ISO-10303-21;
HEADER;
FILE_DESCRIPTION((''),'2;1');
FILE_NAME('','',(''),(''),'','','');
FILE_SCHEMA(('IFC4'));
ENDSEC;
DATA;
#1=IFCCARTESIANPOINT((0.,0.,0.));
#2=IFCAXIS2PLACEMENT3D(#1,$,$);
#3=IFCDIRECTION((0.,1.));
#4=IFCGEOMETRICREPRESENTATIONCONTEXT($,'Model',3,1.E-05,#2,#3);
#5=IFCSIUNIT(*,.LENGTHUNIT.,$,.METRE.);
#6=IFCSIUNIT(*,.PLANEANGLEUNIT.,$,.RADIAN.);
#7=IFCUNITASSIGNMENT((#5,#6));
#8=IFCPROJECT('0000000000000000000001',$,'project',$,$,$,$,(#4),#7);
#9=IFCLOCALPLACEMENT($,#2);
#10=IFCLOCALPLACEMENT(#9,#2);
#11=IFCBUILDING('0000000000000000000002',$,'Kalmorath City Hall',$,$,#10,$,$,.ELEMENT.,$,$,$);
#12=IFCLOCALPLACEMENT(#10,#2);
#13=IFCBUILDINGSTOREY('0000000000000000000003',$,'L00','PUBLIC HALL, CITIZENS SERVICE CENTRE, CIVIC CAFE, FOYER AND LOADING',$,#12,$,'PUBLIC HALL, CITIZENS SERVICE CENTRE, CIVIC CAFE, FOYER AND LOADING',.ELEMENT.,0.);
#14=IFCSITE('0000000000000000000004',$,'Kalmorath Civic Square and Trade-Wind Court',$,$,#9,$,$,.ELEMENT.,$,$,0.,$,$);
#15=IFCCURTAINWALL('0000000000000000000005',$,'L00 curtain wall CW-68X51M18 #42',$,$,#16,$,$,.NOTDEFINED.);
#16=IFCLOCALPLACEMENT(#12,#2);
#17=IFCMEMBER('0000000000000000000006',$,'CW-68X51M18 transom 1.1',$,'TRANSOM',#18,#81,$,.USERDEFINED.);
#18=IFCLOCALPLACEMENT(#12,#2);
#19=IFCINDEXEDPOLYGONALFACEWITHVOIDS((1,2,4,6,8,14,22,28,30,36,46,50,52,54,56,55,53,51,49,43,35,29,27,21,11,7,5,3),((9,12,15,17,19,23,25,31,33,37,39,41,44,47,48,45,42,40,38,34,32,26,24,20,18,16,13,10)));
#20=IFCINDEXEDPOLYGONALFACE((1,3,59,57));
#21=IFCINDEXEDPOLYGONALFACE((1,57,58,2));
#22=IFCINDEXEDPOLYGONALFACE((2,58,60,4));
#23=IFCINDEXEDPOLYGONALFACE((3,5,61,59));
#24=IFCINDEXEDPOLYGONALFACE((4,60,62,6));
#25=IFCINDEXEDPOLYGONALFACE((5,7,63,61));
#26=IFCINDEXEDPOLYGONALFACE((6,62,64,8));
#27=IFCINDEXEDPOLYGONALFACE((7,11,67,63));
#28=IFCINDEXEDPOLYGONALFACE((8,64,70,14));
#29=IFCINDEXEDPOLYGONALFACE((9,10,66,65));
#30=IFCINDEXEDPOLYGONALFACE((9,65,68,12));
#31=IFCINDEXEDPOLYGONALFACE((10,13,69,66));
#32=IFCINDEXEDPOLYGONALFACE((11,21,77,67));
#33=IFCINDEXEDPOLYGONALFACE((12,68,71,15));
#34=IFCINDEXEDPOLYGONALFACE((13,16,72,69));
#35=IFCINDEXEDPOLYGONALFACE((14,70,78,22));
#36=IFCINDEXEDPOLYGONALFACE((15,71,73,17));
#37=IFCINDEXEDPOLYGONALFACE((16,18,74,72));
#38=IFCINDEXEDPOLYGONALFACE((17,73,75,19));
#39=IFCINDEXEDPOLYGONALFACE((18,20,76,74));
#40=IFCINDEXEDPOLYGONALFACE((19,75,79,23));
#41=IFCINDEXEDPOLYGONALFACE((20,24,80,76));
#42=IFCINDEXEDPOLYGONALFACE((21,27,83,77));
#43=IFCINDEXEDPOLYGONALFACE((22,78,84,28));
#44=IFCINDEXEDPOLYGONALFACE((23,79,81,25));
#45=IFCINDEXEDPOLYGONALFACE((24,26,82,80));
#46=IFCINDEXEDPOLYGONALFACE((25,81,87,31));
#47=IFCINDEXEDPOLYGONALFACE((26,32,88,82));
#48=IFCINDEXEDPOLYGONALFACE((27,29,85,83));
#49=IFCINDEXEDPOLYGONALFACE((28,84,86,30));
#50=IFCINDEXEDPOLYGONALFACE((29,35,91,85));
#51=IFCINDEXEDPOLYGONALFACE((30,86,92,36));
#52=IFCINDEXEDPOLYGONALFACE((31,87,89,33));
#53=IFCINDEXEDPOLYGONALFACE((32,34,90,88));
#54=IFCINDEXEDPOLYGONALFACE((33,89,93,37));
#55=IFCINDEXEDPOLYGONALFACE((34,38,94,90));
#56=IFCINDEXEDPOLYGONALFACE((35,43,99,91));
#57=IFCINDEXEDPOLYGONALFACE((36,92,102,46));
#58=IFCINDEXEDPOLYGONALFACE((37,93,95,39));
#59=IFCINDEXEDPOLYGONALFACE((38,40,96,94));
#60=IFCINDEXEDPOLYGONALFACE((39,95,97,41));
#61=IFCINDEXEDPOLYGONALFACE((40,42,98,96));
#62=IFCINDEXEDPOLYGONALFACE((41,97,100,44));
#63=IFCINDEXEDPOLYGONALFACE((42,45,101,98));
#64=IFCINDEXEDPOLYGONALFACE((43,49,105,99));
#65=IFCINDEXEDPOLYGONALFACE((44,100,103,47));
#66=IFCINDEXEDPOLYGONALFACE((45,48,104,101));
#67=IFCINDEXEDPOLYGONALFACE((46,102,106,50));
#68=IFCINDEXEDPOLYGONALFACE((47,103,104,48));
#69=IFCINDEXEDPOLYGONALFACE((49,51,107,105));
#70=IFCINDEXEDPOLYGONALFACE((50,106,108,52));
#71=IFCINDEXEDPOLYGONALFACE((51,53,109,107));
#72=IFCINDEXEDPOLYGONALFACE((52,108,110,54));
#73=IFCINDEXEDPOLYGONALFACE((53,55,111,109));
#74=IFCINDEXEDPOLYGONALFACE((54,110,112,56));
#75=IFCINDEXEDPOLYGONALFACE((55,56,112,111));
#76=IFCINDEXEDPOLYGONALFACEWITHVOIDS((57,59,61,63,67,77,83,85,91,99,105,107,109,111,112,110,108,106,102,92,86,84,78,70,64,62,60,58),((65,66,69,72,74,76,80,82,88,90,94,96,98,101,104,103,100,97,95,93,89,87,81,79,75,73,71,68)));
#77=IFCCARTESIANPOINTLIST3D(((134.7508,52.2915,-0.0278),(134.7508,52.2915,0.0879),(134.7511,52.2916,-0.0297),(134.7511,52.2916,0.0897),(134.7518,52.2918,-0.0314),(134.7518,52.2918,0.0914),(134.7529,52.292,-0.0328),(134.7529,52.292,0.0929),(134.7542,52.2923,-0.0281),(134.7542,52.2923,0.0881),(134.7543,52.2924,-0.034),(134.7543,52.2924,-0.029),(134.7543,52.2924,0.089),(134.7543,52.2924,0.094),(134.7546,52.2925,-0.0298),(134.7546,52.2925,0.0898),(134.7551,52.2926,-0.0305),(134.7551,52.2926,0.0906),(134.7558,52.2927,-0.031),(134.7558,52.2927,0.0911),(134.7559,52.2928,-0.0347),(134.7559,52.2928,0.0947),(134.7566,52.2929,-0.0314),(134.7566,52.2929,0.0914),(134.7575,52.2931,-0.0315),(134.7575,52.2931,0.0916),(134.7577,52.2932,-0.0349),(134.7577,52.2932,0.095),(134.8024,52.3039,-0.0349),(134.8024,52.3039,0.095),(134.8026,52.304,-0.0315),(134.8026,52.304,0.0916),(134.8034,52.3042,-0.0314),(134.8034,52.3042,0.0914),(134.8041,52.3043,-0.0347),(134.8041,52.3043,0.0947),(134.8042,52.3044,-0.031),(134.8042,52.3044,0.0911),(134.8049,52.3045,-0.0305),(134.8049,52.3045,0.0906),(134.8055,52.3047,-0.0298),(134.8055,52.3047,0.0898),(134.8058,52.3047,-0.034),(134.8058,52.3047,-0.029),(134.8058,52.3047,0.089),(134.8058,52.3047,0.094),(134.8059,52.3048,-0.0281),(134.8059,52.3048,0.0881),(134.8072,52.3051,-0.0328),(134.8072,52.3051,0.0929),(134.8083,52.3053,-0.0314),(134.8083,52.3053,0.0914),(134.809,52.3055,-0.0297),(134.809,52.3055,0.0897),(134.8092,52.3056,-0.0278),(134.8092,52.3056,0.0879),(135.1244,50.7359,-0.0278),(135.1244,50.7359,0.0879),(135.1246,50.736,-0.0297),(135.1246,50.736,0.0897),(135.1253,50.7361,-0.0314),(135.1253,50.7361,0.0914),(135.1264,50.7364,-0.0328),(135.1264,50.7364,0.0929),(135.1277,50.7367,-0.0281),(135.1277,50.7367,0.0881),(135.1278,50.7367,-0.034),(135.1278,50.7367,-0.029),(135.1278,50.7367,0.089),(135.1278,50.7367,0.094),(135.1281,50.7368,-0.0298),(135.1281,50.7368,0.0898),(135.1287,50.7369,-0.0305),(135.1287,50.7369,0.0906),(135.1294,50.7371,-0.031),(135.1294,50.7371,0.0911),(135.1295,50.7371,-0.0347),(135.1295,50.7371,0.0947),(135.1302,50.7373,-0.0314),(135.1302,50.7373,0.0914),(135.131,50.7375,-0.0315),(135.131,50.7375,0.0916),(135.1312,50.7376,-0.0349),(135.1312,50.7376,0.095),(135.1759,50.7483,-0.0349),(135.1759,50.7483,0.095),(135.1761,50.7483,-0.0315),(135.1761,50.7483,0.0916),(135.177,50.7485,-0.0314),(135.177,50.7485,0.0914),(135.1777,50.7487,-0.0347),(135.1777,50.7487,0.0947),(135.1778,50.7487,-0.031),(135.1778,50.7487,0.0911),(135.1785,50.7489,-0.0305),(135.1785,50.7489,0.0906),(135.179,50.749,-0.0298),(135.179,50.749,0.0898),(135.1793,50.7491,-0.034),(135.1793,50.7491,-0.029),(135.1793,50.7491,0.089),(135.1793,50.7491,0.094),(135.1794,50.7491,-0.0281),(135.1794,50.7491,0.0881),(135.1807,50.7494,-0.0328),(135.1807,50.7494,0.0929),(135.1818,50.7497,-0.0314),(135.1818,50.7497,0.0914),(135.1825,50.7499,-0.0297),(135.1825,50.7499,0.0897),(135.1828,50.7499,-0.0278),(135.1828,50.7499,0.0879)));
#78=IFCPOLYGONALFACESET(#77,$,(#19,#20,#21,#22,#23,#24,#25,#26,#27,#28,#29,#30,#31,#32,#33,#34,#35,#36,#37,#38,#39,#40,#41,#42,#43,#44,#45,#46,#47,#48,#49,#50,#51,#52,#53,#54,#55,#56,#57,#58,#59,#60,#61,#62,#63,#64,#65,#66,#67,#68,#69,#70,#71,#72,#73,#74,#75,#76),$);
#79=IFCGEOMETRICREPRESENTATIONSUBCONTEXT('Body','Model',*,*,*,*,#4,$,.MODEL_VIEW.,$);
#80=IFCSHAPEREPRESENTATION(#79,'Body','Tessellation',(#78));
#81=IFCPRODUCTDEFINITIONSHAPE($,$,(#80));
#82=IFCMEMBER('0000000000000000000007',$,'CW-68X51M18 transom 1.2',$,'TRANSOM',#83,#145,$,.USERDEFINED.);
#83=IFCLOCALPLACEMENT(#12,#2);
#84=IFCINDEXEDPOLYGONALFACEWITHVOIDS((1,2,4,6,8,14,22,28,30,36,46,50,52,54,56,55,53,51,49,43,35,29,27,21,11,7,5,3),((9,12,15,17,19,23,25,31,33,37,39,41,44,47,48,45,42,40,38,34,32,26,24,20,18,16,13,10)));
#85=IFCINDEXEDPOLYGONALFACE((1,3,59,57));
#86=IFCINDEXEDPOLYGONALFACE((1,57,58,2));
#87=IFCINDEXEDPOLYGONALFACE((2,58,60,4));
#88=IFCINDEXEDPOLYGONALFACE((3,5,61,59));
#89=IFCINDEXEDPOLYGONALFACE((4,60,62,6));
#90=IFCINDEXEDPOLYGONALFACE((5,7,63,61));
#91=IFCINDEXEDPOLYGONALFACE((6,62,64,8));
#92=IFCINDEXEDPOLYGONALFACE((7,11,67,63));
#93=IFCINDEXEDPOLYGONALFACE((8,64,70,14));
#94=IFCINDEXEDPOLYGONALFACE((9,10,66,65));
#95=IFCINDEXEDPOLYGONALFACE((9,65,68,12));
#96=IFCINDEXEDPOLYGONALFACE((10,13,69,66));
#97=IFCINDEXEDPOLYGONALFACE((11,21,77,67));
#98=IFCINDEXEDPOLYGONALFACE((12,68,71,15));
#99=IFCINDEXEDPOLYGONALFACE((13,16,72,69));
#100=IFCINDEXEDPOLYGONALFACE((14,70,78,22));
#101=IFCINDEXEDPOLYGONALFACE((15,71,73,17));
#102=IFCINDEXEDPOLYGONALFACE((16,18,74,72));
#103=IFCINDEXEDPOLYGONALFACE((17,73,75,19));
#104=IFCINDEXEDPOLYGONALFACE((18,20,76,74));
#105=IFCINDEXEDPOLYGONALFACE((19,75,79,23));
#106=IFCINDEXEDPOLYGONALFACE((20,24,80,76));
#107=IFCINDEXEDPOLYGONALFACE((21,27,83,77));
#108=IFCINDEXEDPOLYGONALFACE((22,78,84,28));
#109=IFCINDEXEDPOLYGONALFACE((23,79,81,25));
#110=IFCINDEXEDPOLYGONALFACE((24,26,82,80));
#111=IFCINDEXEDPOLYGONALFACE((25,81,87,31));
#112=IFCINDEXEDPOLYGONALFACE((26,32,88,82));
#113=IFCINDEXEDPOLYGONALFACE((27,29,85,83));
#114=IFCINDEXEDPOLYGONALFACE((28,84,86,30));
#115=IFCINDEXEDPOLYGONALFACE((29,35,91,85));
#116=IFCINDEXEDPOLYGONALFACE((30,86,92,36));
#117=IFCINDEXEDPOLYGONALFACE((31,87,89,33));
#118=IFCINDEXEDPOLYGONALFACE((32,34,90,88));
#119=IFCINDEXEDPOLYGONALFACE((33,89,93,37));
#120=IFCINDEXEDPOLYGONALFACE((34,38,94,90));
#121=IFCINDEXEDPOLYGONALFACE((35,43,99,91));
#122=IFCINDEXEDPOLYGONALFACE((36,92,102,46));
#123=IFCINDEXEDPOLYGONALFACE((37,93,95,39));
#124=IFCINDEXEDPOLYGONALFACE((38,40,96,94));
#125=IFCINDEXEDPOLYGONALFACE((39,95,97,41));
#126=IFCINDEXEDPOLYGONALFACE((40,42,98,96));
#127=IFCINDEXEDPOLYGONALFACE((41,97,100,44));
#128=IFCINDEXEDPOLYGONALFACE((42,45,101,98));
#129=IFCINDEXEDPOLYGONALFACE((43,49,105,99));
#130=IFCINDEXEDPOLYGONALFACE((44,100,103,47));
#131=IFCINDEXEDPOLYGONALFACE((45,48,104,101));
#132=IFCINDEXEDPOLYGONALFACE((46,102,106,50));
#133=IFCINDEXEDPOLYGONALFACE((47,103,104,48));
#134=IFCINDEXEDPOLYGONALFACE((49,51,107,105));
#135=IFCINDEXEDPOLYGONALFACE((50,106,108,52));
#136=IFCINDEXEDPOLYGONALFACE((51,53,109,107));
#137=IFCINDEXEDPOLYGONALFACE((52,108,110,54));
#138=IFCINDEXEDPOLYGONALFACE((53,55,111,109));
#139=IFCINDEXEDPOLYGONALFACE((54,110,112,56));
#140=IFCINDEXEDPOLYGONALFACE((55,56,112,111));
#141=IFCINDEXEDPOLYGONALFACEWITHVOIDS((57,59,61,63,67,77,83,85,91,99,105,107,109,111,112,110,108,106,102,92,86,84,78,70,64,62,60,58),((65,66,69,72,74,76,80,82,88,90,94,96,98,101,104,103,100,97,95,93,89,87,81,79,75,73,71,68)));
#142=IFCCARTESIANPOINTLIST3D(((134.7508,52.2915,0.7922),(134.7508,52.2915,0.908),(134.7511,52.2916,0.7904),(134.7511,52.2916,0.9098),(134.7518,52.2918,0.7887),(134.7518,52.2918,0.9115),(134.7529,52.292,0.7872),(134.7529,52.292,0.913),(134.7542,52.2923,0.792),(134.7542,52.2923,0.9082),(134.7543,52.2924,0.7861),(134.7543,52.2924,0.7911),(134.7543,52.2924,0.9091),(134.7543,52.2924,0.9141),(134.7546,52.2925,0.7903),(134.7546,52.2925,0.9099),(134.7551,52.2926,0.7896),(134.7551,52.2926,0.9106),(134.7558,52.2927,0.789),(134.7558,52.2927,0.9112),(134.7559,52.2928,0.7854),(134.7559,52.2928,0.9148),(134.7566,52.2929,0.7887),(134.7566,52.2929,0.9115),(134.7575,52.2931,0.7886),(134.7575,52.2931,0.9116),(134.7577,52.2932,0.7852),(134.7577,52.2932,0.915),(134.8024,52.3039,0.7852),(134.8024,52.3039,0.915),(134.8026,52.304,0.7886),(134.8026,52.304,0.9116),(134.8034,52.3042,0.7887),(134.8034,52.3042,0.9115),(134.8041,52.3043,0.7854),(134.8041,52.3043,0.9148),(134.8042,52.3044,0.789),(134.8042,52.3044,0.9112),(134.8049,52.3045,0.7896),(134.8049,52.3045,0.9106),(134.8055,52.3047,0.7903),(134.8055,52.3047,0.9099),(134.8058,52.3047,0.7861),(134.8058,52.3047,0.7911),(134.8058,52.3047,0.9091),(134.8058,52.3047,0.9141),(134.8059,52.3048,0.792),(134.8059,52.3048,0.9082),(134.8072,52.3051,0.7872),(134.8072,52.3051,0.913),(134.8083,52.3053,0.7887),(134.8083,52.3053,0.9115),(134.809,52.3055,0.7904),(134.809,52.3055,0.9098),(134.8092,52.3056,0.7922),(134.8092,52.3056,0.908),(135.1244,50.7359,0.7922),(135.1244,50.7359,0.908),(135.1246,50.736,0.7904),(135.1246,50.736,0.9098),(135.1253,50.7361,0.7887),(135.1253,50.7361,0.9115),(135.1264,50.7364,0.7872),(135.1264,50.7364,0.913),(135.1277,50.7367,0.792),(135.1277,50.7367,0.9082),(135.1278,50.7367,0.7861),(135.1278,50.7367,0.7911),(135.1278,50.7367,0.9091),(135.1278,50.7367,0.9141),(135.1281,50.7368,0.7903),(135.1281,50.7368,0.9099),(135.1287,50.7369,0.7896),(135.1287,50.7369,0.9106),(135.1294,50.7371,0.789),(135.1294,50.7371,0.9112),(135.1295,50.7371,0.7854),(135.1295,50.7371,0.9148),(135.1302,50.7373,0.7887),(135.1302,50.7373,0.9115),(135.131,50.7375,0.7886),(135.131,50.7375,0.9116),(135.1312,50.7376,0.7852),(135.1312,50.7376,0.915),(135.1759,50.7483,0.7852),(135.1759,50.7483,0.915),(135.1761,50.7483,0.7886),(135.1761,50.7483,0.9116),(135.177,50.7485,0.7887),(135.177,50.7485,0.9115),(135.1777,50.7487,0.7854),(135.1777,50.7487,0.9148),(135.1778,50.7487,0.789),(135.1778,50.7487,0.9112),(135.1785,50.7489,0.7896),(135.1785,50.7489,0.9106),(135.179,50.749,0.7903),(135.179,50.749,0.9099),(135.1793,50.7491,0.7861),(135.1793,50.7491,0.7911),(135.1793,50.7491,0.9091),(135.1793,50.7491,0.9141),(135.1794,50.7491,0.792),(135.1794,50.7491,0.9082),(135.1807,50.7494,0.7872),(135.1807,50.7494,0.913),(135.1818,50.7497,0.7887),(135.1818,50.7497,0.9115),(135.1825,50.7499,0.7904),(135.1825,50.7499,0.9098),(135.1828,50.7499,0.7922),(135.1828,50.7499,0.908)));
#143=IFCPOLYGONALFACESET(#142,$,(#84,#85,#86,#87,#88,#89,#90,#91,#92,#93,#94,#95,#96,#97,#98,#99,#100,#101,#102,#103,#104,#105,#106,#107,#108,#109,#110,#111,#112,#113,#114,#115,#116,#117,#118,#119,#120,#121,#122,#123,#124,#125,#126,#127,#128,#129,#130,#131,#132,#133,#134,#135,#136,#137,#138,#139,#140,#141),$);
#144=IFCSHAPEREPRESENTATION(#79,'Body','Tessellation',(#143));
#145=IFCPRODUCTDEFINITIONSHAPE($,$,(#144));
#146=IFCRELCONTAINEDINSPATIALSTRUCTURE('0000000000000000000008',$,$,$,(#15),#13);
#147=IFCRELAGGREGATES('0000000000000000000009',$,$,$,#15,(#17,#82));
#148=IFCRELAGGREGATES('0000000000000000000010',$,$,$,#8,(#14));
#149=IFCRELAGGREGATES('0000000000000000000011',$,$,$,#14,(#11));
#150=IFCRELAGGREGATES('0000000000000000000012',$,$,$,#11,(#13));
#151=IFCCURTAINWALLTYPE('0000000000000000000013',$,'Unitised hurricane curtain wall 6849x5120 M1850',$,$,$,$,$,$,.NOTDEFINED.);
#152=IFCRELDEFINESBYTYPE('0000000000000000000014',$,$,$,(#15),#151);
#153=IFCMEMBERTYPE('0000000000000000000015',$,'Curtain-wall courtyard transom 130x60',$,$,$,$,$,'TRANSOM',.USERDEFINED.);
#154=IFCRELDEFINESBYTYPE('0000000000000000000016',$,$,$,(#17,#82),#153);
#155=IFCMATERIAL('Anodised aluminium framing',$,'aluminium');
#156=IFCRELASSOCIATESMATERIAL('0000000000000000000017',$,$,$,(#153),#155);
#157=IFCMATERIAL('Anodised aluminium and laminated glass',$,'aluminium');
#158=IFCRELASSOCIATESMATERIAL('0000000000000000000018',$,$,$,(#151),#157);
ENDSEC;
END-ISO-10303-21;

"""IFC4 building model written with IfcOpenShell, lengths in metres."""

from ifc_helpers import new_model, si_unit, direction, frame, origin, origin_2d, place, context, subcontext, project, spatial, hollow_rectangle, extrude, material, material_profile, profile_set, type_object, element, aggregate, save


model = new_model("IFC4")

# Units and contexts
model_context = context("Model", 3, precision=1e-05, world=origin(), true_north=direction((0.0, 1.0)))
body_context = subcontext(model_context, "Body", "Model", "MODEL_VIEW")
ifc_project = project(units=[si_unit("LENGTHUNIT", "METRE"), si_unit("PLANEANGLEUNIT", "RADIAN")], contexts=[model_context])

# Site, building, storey
site_placement = place(None, origin())
site = spatial("IfcSite", under=ifc_project, at=site_placement, Name="Kalmorath Civic Square and Trade-Wind Court", CompositionType="ELEMENT", RefElevation=0.0)
building_placement = place(site_placement, origin())
building = spatial("IfcBuilding", under=site, at=building_placement, Name="Kalmorath City Hall", CompositionType="ELEMENT")
storey_placement = place(building_placement, origin())
storey = spatial("IfcBuildingStorey", under=building, at=storey_placement, Name="L00", Description="PUBLIC HALL, CITIZENS SERVICE CENTRE, CIVIC CAFE, FOYER AND LOADING", LongName="PUBLIC HALL, CITIZENS SERVICE CENTRE, CIVIC CAFE, FOYER AND LOADING", CompositionType="ELEMENT", Elevation=0.0)

# Curtain wall, members
ifc_material_1 = material(Name="Anodised aluminium framing", Category="aluminium")
ifc_material_profile_1 = material_profile(ifc_material_1, hollow_rectangle(XDim=0.0601, YDim=0.1299, WallThickness=0.0034, InnerFilletRadius=0.0034, OuterFilletRadius=0.0071, at=origin_2d()), Name="ALU-TRN-130X60X3.5")
ifc_profile_set_1 = profile_set([ifc_material_profile_1], Name="Anodised aluminium framing")
member_type_1 = type_object("IfcMemberType", Name="Curtain-wall courtyard transom 130x60", ElementType="TRANSOM", PredefinedType="USERDEFINED", material=ifc_profile_set_1)
ifc_material_2 = material(Name="Anodised aluminium and laminated glass", Category="aluminium")
curtain_wall_type_1 = type_object("IfcCurtainWallType", Name="Unitised hurricane curtain wall 6849x5120 M1850", PredefinedType="NOTDEFINED", material=ifc_material_2)
curtain_wall_1_placement = place(storey_placement, origin())
curtain_wall_1 = element("IfcCurtainWall", 1, at=curtain_wall_1_placement, inside=storey, type_object=curtain_wall_type_1, Name="L00 curtain wall CW-68X51M18 #42", PredefinedType="NOTDEFINED")
member_1_placement = place(storey_placement, frame((135.1536, 50.7429, 0.03), z_axis=(-0.233477, 0.972362, 0.0), x_axis=(-0.972362, -0.233477, 0.0)))
member_1 = element("IfcMember", 2, at=member_1_placement, type_object=member_type_1, Name="CW-68X51M18 transom 1.1", ObjectType="TRANSOM", PredefinedType="USERDEFINED", context=body_context, shape_type="SweptSolid", body=[
    extrude(hollow_rectangle(XDim=0.0601, YDim=0.1299, WallThickness=0.0034, InnerFilletRadius=0.0034, OuterFilletRadius=0.0071, at=origin_2d()), origin(), (0.0, 0.0, 1.0), 1.5999),
])
member_2_placement = place(storey_placement, frame((135.1536, 50.7429, 0.8501), z_axis=(-0.233477, 0.972362, 0.0), x_axis=(-0.972362, -0.233477, 0.0)))
member_2 = element("IfcMember", 3, at=member_2_placement, type_object=member_type_1, Name="CW-68X51M18 transom 1.2", ObjectType="TRANSOM", PredefinedType="USERDEFINED", context=body_context, shape_type="SweptSolid", body=[
    extrude(hollow_rectangle(XDim=0.0601, YDim=0.1299, WallThickness=0.0034, InnerFilletRadius=0.0034, OuterFilletRadius=0.0071, at=origin_2d()), origin(), (0.0, 0.0, 1.0), 1.5999),
])

aggregate(curtain_wall_1, [member_1, member_2])

save(model, "model.ifc")
